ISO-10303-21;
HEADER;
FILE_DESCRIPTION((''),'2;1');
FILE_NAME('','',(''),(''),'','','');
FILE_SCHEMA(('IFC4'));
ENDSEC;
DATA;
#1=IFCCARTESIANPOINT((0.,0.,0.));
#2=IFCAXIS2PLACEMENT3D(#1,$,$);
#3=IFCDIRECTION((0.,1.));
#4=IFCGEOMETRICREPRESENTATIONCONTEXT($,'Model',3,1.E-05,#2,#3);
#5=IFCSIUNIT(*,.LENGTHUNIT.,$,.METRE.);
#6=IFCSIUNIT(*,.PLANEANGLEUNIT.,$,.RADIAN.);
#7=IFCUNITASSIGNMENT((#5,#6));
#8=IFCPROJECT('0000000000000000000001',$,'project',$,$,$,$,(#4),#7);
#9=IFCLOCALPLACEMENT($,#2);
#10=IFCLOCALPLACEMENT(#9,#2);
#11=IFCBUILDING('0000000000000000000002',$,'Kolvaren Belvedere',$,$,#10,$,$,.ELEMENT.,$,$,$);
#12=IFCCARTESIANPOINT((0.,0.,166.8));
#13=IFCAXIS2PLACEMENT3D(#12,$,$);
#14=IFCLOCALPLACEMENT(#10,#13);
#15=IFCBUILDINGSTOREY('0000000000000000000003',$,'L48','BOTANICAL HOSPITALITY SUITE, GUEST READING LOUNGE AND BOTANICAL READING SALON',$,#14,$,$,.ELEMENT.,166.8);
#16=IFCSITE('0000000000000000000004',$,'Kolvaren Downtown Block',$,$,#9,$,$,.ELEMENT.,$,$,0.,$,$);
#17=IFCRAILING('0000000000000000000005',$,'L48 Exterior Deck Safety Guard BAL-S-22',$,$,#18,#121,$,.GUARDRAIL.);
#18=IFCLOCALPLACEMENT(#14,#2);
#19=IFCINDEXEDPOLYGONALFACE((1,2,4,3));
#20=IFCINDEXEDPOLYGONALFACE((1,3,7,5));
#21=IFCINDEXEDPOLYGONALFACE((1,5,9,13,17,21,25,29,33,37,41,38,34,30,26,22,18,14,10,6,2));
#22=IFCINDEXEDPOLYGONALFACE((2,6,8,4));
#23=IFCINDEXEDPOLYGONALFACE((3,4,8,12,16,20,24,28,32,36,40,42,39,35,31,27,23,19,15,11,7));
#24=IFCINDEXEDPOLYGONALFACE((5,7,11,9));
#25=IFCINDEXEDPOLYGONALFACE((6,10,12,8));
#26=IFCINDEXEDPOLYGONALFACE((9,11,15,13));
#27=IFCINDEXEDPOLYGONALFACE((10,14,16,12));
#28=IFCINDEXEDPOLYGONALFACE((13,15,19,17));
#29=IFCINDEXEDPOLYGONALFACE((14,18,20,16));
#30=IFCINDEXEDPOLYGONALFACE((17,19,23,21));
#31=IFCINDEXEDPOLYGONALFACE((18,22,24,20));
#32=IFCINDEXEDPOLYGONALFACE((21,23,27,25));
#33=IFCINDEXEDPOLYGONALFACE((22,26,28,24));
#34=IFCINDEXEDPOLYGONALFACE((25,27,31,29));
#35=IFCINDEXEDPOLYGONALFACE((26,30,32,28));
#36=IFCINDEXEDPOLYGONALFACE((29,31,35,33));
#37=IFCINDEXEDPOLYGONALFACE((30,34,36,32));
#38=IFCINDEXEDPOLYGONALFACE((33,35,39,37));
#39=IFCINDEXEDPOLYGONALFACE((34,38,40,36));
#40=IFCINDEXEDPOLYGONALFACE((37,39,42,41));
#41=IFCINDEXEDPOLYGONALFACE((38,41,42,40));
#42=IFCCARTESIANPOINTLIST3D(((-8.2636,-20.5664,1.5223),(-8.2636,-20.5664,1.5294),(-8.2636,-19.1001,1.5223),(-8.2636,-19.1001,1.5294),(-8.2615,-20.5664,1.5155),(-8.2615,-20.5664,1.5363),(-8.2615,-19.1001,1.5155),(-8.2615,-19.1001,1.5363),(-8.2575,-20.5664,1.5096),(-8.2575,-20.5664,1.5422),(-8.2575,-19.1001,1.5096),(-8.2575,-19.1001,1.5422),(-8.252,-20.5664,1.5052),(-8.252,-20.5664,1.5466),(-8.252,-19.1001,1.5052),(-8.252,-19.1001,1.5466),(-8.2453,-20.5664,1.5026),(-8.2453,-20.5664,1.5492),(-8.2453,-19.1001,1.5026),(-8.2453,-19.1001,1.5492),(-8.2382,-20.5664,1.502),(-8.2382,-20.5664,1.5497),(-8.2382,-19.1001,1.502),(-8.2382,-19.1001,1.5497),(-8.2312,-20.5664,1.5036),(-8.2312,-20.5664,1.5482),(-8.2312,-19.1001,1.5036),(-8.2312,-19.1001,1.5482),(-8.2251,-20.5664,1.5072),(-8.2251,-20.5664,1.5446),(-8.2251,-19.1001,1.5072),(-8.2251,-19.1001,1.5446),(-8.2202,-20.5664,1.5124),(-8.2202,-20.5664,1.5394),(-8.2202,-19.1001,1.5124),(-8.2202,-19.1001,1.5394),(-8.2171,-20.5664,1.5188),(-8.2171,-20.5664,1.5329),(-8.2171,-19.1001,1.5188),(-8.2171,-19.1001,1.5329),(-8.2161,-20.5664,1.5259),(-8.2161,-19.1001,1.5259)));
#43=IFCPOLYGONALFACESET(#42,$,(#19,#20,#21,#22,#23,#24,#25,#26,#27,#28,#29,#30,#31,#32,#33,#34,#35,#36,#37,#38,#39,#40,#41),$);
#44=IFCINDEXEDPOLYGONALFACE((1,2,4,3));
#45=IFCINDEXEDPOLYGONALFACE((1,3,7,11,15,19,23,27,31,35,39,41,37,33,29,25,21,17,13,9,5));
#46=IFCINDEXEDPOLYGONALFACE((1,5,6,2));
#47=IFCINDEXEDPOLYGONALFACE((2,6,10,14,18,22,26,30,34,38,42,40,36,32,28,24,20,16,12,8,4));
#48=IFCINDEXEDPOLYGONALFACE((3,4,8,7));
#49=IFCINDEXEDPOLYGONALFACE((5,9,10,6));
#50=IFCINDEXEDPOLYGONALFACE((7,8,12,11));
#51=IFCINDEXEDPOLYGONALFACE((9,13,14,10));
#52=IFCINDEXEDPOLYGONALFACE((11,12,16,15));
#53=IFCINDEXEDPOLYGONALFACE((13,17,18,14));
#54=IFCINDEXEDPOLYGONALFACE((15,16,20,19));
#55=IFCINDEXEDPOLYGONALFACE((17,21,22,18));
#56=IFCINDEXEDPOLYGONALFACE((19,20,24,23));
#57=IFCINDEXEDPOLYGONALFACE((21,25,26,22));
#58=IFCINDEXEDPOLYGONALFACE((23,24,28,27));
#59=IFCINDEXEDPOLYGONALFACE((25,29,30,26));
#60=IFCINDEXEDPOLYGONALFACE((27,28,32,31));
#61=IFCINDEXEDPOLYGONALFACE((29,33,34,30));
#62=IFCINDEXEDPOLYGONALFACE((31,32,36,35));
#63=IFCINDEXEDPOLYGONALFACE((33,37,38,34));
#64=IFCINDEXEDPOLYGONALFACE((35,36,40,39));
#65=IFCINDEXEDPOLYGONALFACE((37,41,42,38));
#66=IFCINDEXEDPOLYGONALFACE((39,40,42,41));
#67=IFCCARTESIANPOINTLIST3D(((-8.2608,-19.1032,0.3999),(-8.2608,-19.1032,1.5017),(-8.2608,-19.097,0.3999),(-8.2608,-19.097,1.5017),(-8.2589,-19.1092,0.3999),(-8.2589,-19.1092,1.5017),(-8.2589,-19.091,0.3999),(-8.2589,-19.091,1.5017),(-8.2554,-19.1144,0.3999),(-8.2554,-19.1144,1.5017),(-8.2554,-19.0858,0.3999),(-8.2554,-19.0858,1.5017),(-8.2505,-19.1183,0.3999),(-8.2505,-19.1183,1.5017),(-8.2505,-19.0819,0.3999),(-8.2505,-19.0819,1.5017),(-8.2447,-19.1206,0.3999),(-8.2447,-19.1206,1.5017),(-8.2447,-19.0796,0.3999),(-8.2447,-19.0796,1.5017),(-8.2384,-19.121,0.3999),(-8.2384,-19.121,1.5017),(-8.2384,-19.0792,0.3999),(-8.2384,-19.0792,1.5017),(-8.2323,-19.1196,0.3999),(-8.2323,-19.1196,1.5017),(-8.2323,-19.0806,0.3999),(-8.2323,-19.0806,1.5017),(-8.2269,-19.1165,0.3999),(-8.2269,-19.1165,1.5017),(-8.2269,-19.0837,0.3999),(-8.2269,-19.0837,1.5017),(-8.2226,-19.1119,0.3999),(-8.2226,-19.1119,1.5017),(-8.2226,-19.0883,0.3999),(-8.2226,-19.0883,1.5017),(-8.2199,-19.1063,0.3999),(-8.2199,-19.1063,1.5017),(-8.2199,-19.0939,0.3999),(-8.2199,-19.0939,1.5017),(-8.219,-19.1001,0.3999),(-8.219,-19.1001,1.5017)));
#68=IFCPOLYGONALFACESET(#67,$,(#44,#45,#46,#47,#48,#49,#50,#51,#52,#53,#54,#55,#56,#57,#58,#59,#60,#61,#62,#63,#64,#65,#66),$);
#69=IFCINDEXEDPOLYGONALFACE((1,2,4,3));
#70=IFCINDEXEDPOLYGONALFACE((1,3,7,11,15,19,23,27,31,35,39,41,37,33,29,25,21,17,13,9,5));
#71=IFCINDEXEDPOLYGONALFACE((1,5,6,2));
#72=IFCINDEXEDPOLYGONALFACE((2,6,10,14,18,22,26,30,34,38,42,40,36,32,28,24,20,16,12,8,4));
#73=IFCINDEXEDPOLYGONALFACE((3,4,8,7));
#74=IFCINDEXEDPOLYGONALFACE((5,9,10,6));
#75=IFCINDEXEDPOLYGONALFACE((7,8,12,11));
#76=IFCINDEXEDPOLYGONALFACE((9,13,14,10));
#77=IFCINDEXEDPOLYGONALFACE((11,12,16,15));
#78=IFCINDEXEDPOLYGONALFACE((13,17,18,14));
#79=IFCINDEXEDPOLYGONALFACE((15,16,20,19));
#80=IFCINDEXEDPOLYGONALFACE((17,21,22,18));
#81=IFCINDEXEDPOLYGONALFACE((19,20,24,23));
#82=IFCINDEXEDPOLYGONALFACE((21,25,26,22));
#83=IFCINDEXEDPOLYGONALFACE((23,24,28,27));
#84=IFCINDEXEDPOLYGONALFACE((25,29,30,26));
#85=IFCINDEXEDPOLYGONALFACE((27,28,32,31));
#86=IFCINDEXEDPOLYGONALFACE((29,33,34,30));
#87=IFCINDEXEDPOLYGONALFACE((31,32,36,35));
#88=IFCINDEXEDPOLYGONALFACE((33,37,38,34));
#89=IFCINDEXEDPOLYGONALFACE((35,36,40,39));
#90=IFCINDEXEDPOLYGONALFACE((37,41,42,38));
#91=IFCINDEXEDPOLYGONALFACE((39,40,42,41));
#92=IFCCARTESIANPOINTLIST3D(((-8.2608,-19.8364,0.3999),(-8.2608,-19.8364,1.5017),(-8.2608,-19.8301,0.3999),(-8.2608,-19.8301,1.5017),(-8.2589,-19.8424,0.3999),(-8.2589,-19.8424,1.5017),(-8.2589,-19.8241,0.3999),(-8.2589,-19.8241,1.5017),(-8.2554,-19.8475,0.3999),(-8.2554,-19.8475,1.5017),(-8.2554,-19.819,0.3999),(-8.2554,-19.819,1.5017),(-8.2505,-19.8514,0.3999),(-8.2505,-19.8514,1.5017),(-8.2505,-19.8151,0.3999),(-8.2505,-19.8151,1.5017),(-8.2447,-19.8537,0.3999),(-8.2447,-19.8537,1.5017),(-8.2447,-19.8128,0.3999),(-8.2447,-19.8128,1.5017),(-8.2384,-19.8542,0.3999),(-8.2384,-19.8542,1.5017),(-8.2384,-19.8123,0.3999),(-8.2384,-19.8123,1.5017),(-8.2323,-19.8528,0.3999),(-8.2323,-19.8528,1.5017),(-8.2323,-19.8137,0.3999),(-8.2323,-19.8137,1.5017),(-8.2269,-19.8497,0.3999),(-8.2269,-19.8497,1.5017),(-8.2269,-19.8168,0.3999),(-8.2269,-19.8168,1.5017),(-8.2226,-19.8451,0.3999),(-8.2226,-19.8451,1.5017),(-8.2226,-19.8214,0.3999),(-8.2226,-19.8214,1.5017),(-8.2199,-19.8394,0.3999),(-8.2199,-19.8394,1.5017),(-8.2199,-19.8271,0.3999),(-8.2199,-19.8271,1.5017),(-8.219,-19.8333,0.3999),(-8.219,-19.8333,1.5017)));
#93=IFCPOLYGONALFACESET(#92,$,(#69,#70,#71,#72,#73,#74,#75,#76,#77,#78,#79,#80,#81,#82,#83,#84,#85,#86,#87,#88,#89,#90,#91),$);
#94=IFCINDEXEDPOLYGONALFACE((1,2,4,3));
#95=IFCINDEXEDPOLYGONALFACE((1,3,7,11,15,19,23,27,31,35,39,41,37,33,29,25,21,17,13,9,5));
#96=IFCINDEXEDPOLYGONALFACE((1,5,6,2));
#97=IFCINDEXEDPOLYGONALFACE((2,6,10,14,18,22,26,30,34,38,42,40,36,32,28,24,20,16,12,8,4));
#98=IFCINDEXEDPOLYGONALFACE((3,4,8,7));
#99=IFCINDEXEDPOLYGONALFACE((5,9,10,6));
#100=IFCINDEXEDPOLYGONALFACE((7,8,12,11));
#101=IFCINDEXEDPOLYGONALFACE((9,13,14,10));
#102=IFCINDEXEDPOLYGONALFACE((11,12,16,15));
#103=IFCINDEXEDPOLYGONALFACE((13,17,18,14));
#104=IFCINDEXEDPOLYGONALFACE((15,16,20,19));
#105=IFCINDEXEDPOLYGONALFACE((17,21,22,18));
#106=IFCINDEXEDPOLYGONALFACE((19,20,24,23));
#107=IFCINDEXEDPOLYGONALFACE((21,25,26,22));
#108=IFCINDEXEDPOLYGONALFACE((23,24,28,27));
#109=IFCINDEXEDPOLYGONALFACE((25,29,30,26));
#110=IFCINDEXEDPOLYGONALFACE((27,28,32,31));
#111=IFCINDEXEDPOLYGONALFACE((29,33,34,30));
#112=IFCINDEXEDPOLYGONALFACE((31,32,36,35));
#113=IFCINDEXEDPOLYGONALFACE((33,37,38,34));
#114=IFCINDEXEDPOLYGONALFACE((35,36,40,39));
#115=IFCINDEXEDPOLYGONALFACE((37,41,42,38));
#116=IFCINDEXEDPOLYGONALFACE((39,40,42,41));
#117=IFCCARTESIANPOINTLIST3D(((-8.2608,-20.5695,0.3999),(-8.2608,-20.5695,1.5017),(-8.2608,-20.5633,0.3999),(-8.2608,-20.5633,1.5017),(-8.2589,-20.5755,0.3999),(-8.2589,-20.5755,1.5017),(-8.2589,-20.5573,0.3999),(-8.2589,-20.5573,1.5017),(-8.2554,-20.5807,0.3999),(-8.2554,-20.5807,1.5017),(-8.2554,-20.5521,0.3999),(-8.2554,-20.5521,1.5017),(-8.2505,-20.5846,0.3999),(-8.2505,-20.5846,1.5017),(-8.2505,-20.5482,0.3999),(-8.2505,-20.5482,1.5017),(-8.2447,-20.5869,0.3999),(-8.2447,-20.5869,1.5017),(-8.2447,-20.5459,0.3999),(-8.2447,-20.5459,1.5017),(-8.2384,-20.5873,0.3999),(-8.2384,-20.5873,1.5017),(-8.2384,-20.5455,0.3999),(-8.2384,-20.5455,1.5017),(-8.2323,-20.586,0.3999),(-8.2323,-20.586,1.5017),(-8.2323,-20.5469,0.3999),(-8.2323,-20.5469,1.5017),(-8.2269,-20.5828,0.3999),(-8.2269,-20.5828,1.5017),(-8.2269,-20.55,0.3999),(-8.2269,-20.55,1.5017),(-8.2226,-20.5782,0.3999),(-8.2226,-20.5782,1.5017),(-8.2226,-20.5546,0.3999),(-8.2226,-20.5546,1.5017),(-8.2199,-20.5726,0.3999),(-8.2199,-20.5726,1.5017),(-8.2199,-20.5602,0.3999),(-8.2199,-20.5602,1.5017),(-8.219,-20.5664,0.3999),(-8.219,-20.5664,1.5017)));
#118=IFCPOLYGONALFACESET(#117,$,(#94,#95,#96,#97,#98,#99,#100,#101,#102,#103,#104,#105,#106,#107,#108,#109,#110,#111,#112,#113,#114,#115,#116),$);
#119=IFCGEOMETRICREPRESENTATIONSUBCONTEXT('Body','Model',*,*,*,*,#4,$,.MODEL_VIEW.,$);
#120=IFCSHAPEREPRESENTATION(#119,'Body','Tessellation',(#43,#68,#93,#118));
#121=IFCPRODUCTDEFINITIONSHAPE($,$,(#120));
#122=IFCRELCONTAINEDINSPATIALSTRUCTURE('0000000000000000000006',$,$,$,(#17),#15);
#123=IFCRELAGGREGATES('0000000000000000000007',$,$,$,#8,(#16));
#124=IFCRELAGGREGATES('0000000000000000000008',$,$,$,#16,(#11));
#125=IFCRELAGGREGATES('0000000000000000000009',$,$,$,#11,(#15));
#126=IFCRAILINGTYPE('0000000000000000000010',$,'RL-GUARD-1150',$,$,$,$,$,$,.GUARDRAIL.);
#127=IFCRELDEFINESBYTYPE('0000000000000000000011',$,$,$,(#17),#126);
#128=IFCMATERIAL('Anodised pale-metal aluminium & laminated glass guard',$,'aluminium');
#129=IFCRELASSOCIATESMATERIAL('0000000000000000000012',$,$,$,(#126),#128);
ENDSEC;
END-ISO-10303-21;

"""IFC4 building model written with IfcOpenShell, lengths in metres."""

from ifc_helpers import new_model, si_unit, direction, frame, origin, origin_2d, place, context, subcontext, project, spatial, circle, extrude, material, type_object, element, save


model = new_model("IFC4")

# Units and contexts
model_context = context("Model", 3, precision=1e-05, world=origin(), true_north=direction((0.0, 1.0)))
body_context = subcontext(model_context, "Body", "Model", "MODEL_VIEW")
ifc_project = project(units=[si_unit("LENGTHUNIT", "METRE"), si_unit("PLANEANGLEUNIT", "RADIAN")], contexts=[model_context])

# Site, building, storey
site_placement = place(None, origin())
site = spatial("IfcSite", under=ifc_project, at=site_placement, Name="Kolvaren Downtown Block", CompositionType="ELEMENT", RefElevation=0.0)
building_placement = place(site_placement, origin())
building = spatial("IfcBuilding", under=site, at=building_placement, Name="Kolvaren Belvedere", CompositionType="ELEMENT")
storey_placement = place(building_placement, frame((0.0, 0.0, 166.8)))
storey = spatial("IfcBuildingStorey", under=building, at=storey_placement, Name="L48", Description="BOTANICAL HOSPITALITY SUITE, GUEST READING LOUNGE AND BOTANICAL READING SALON", CompositionType="ELEMENT", Elevation=166.8)

# Railing
ifc_material_1 = material(Name="Anodised pale-metal aluminium & laminated glass guard", Category="aluminium")
railing_type = type_object("IfcRailingType", Name="RL-GUARD-1150", PredefinedType="GUARDRAIL", material=ifc_material_1)
railing_1_placement = place(storey_placement, frame((-8.24, -19.1001, 0.3999)))
element("IfcRailing", 1, at=railing_1_placement, inside=storey, type_object=railing_type, Name="L48 Exterior Deck Safety Guard BAL-S-22", PredefinedType="GUARDRAIL", context=body_context, shape_type="SweptSolid", body=[
    extrude(circle(Radius=0.0239, at=origin_2d()), frame((0.0, 0.0, 1.126), z_axis=(0.0, -1.0, 0.0), x_axis=(1.0, 0.0, 0.0)), (0.0, 0.0, 1.0), 1.4663),
    extrude(circle(Radius=0.021, at=origin_2d()), origin(), (0.0, 0.0, 1.0), 1.1018),
    extrude(circle(Radius=0.021, at=origin_2d()), frame((0.0, -0.7332, 0.0)), (0.0, 0.0, 1.0), 1.1018),
    extrude(circle(Radius=0.021, at=origin_2d()), frame((0.0, -1.4663, 0.0)), (0.0, 0.0, 1.0), 1.1018),
])

save(model, "model.ifc")
